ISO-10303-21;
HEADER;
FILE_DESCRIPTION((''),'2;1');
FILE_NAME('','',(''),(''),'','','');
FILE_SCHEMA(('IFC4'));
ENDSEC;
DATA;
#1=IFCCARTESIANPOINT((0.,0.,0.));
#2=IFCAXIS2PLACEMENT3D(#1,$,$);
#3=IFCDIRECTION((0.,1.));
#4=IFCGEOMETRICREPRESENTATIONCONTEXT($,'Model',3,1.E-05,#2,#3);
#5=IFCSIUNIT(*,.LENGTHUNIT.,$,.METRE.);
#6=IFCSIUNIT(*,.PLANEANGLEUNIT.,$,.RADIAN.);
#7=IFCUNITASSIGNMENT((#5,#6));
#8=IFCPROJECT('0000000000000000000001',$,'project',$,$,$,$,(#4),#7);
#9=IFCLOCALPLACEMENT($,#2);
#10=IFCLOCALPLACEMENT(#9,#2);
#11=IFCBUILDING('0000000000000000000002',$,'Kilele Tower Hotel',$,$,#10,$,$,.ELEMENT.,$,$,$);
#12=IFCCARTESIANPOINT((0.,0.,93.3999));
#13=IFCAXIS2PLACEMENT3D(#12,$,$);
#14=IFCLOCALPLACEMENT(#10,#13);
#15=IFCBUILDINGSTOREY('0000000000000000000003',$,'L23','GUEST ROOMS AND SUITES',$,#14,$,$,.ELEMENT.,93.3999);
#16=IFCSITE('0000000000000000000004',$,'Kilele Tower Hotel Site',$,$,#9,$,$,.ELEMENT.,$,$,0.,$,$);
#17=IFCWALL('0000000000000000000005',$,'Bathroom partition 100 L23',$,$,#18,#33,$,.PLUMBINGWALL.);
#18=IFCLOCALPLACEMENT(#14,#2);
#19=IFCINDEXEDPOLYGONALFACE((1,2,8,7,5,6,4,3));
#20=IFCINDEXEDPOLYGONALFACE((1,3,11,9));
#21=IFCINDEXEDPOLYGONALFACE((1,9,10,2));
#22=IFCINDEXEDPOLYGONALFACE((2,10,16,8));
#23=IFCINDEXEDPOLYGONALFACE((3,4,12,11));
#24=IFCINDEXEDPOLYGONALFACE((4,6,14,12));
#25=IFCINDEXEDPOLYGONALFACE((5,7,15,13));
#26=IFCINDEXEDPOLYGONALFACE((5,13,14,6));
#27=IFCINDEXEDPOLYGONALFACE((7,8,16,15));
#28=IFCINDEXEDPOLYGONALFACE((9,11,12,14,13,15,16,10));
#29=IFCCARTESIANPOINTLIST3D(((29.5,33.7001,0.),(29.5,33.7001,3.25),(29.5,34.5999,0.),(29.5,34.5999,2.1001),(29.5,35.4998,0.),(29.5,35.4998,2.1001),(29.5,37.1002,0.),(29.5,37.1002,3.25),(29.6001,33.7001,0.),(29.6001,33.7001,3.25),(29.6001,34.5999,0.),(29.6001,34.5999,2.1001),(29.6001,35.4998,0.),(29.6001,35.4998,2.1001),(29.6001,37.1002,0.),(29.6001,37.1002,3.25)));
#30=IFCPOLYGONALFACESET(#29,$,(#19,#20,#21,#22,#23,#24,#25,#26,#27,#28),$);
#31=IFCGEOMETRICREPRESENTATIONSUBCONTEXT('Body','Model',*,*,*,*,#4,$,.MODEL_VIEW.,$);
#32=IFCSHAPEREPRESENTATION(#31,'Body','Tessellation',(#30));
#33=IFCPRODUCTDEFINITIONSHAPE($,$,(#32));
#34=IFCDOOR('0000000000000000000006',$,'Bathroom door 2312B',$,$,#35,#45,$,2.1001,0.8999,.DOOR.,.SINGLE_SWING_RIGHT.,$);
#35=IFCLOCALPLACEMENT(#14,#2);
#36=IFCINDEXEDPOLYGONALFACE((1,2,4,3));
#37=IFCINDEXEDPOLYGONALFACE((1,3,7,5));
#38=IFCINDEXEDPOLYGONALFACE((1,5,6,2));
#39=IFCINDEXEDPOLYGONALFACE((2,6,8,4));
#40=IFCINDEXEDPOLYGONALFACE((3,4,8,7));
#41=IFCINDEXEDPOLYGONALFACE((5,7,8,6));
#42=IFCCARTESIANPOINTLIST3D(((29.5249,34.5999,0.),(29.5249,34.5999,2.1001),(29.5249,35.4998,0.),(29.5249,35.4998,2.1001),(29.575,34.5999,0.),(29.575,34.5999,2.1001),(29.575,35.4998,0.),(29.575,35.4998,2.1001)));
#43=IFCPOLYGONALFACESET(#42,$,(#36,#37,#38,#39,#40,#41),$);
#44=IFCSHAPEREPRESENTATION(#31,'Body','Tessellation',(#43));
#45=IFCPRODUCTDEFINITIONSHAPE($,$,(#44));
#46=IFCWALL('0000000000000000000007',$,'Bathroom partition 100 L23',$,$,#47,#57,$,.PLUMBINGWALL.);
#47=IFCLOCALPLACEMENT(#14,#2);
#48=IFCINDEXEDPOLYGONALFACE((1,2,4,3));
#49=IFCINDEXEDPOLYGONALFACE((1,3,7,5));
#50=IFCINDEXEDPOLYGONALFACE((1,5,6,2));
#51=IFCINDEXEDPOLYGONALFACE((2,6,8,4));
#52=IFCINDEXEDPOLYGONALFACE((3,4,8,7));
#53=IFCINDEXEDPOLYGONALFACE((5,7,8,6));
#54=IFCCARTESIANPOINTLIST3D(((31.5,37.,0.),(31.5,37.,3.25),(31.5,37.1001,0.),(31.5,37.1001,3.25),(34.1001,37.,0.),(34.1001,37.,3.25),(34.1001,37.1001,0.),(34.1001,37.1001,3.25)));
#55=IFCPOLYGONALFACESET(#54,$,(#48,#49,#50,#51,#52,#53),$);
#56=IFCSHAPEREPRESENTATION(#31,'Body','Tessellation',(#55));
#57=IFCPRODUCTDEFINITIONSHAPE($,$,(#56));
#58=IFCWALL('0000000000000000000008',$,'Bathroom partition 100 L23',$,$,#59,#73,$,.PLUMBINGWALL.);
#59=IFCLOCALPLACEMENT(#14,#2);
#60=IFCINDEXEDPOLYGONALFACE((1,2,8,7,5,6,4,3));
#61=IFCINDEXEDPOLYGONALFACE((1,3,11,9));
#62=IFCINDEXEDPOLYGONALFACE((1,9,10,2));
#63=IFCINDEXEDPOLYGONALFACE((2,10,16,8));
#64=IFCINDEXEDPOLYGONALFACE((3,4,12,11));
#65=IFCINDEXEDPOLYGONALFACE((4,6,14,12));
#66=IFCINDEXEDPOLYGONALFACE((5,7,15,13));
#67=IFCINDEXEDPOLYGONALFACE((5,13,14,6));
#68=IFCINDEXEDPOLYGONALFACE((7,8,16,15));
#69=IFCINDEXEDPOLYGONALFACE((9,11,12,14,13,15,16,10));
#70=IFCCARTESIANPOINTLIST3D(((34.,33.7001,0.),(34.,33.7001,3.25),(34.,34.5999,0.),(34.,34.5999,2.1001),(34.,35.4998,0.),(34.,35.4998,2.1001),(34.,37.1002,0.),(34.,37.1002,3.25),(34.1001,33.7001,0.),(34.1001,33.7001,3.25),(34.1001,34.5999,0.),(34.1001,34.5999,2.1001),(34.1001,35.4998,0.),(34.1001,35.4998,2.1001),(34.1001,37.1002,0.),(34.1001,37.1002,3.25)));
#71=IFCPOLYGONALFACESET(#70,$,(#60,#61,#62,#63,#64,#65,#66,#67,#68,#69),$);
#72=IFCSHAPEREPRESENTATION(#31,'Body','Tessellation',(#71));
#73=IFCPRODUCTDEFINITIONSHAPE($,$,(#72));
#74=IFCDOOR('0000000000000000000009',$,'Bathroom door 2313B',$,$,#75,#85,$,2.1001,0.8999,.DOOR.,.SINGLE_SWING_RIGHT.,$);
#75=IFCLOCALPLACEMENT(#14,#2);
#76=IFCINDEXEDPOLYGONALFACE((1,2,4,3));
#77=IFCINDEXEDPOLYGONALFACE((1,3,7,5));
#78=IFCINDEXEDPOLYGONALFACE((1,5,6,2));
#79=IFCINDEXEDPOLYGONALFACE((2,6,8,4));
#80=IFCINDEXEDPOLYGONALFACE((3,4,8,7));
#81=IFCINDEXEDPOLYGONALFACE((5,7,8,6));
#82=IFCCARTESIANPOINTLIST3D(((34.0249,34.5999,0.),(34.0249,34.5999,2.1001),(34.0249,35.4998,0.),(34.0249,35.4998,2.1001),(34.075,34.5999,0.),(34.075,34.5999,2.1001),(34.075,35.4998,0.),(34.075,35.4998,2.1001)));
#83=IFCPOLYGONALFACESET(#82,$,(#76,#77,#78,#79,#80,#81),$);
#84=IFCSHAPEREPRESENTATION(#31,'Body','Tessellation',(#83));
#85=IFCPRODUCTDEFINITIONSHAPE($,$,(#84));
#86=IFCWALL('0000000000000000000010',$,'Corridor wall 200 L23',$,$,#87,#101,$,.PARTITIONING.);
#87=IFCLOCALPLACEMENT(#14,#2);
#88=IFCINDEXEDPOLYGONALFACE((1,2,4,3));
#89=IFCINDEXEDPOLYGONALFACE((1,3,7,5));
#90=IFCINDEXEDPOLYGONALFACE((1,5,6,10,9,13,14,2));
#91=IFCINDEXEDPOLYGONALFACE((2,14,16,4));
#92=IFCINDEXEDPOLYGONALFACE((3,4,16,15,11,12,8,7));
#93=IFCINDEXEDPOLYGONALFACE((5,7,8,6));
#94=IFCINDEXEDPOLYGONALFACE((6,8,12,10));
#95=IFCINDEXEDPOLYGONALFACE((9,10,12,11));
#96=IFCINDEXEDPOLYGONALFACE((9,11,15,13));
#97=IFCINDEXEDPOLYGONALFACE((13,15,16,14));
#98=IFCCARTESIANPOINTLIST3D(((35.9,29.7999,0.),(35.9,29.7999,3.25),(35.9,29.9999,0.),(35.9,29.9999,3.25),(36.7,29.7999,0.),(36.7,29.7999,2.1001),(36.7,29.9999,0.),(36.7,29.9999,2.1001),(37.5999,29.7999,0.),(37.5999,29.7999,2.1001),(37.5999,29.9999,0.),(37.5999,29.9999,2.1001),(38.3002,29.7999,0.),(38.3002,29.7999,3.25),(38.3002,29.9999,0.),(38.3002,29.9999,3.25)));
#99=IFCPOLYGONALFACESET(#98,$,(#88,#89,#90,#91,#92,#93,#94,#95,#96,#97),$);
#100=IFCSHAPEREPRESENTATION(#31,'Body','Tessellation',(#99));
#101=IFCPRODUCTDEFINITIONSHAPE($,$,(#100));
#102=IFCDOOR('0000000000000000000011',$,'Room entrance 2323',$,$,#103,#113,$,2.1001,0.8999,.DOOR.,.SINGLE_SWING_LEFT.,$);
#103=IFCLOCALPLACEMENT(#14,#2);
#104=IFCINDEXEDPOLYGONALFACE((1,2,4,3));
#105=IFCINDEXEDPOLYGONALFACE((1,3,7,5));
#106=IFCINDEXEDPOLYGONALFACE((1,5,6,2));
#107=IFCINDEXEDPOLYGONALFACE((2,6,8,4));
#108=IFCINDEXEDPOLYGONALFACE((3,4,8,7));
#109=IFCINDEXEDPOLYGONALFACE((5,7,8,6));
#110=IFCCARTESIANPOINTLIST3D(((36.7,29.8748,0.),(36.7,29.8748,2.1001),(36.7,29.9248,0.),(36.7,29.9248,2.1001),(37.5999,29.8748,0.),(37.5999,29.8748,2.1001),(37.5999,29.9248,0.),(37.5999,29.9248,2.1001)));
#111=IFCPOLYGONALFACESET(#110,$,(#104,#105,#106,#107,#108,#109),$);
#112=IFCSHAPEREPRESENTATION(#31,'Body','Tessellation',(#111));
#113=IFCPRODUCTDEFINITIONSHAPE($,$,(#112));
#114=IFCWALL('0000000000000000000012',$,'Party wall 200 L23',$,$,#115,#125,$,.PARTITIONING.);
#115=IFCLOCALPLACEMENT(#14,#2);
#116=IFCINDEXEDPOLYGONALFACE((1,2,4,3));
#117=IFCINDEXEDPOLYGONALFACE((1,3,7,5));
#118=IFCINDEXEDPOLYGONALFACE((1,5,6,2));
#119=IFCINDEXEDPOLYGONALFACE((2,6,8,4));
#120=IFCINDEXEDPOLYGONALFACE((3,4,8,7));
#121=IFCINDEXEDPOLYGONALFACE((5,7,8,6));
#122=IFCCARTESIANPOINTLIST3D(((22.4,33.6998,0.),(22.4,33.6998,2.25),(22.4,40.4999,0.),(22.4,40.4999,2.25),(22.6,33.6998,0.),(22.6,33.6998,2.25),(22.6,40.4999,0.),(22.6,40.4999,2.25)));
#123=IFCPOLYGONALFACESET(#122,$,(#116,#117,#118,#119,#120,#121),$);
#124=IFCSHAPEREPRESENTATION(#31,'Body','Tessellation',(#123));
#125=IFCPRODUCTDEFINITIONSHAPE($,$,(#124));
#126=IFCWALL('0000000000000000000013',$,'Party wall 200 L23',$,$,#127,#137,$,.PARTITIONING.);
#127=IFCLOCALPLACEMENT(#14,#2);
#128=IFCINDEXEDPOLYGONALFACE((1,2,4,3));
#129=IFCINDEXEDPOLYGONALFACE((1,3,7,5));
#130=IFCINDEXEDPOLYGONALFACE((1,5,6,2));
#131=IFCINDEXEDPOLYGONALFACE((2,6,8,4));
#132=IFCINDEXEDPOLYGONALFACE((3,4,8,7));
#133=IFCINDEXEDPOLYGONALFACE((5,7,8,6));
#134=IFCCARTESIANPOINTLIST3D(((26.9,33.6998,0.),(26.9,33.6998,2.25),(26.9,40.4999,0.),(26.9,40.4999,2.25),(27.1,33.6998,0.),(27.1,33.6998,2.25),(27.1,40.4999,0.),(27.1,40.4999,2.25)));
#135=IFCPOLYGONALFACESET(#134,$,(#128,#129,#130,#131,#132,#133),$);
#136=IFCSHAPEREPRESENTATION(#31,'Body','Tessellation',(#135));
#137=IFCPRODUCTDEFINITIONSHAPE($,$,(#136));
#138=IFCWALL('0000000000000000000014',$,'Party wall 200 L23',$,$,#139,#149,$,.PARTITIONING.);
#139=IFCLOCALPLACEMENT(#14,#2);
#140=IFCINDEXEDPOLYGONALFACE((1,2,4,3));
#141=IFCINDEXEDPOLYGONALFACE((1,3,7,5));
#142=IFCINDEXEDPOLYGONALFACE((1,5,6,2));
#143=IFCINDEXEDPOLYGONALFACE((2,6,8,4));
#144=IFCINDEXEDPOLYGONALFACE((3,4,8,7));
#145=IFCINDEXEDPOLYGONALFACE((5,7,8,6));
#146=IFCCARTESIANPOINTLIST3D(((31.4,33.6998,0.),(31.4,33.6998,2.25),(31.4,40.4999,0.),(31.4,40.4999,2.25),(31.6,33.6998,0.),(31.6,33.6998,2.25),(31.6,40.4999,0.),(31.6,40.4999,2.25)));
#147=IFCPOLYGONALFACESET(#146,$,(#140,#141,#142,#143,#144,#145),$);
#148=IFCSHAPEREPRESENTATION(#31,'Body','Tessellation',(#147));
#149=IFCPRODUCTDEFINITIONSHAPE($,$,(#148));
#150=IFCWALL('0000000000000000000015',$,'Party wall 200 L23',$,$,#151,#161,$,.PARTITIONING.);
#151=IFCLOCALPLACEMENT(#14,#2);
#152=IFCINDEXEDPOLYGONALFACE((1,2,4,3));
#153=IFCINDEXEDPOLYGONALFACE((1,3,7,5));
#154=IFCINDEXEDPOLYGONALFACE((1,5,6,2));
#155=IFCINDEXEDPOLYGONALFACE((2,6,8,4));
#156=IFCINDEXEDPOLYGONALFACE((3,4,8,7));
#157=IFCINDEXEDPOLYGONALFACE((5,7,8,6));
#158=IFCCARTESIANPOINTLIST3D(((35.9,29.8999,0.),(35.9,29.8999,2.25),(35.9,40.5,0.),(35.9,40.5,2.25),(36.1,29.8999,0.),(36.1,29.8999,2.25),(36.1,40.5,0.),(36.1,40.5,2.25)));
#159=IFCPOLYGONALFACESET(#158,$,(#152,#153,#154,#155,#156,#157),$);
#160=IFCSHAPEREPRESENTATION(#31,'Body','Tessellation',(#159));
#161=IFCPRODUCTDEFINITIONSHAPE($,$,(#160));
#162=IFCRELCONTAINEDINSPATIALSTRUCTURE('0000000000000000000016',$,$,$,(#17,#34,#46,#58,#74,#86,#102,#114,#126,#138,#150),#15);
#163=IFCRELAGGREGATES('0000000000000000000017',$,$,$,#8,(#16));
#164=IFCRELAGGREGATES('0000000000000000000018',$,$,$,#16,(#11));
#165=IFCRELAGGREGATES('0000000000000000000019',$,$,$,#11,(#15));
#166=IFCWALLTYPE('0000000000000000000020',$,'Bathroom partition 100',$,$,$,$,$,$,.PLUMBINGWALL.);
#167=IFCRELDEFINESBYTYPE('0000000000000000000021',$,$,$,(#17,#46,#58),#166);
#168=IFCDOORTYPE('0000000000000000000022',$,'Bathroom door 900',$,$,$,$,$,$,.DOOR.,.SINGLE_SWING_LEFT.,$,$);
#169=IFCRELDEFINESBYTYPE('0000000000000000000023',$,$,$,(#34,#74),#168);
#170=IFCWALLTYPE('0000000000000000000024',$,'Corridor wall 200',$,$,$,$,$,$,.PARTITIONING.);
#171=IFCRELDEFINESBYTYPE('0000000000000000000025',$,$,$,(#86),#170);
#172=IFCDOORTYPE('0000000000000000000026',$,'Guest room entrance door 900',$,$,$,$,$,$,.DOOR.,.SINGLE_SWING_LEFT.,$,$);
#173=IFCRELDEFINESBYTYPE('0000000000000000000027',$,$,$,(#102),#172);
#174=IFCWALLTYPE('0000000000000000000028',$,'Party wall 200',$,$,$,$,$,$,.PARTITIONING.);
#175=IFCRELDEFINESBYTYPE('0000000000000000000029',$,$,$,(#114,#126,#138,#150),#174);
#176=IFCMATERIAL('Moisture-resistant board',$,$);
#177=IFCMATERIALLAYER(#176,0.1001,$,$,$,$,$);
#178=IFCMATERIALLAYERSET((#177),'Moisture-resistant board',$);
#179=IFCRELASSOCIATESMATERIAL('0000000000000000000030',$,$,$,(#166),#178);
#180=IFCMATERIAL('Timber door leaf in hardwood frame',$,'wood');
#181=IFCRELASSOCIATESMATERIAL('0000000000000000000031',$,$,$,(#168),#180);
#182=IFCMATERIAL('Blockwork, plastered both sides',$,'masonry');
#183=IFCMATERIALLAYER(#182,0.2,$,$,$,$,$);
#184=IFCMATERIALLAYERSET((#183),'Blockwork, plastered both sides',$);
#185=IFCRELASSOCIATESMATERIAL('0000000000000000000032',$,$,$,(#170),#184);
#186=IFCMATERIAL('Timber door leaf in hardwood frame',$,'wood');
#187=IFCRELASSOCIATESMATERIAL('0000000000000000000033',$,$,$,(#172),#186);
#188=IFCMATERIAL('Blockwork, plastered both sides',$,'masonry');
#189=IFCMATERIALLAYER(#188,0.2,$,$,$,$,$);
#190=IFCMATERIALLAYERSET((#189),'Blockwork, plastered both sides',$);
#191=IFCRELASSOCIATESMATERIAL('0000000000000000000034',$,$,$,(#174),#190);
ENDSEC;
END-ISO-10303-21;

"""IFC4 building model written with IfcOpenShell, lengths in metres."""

from ifc_helpers import new_model, si_unit, direction, frame, frame_2d, origin, place, context, subcontext, project, spatial, rectangle, extrude, material, layer, layer_set, type_object, element, fill, save


model = new_model("IFC4")

# Units and contexts
model_context = context("Model", 3, precision=1e-05, world=origin(), true_north=direction((0.0, 1.0)))
body_context = subcontext(model_context, "Body", "Model", "MODEL_VIEW")
ifc_project = project(units=[si_unit("LENGTHUNIT", "METRE"), si_unit("PLANEANGLEUNIT", "RADIAN")], contexts=[model_context])

# Site, building, storey
site_placement = place(None, origin())
site = spatial("IfcSite", under=ifc_project, at=site_placement, Name="Kilele Tower Hotel Site", CompositionType="ELEMENT", RefElevation=0.0)
building_placement = place(site_placement, origin())
building = spatial("IfcBuilding", under=site, at=building_placement, Name="Kilele Tower Hotel", CompositionType="ELEMENT")
storey_placement = place(building_placement, frame((0.0, 0.0, 93.3999)))
storey = spatial("IfcBuildingStorey", under=building, at=storey_placement, Name="L23", Description="GUEST ROOMS AND SUITES", CompositionType="ELEMENT", Elevation=93.3999)

# Shared definitions
ifc_material_1 = material(Name="Moisture-resistant board")
ifc_layer_1 = layer(ifc_material_1, 0.1001)
ifc_layer_set_1 = layer_set([ifc_layer_1], Name="Moisture-resistant board")
wall_type_1 = type_object("IfcWallType", Name="Bathroom partition 100", PredefinedType="PLUMBINGWALL", material=ifc_layer_set_1)

# Shared definitions
ifc_material_2 = material(Name="Timber door leaf in hardwood frame", Category="wood")
door_type_1 = type_object("IfcDoorType", Name="Bathroom door 900", OperationType="SINGLE_SWING_LEFT", PredefinedType="DOOR", material=ifc_material_2)

# Wall, opening, door
wall_1_placement = place(storey_placement, frame((29.55, 33.7, 0.0), z_axis=(0.0, 0.0, 1.0), x_axis=(0.0, 1.0, 0.0)))
wall_1 = element("IfcWall", 1, at=wall_1_placement, inside=storey, type_object=wall_type_1, Name="Bathroom partition 100 L23", PredefinedType="PLUMBINGWALL", context=body_context, shape_type="SweptSolid", body=[
    extrude(rectangle(XDim=3.4001, YDim=0.1001, at=frame_2d((1.7002, 0.0))), origin(), (0.0, 0.0, 1.0), 3.25),
])
opening_1_placement = place(wall_1_placement, frame((1.7998, 0.0, 0.0), z_axis=(0.0, 0.0, 1.0), x_axis=(-1.0, 0.0, 0.0)))
opening_1 = element("IfcOpeningElement", 2, at=opening_1_placement, cuts=wall_1, PredefinedType="OPENING", context=body_context, shape_type="SweptSolid", body=[
    extrude(rectangle(XDim=0.8999, YDim=2.1001, at=frame_2d((0.45, 1.05))), frame((0.0, 0.0601, 0.0), z_axis=(0.0, -1.0, 0.0), x_axis=(1.0, 0.0, 0.0)), (0.0, 0.0, 1.0), 0.1201),
])
door_1_placement = place(opening_1_placement, origin())
door_1 = element("IfcDoor", 3, at=door_1_placement, inside=storey, type_object=door_type_1, Name="Bathroom door 2312B", OperationType="SINGLE_SWING_RIGHT", OverallHeight=2.1001, OverallWidth=0.8999, PredefinedType="DOOR", context=body_context, shape_type="SweptSolid", body=[
    extrude(rectangle(XDim=0.8999, YDim=2.1001, at=frame_2d((0.45, 1.05))), frame((0.0, 0.0249, 0.0), z_axis=(0.0, -1.0, 0.0), x_axis=(1.0, 0.0, 0.0)), (0.0, 0.0, 1.0), 0.05),
])
fill(opening_1, door_1)

# Wall
wall_2_placement = place(storey_placement, frame((31.5, 37.05, 0.0), z_axis=(0.0, 0.0, 1.0), x_axis=(1.0, 0.0, 0.0)))
element("IfcWall", 4, at=wall_2_placement, inside=storey, type_object=wall_type_1, Name="Bathroom partition 100 L23", PredefinedType="PLUMBINGWALL", context=body_context, shape_type="SweptSolid", body=[
    extrude(rectangle(XDim=2.6001, YDim=0.1001, at=frame_2d((1.3, 0.0))), origin(), (0.0, 0.0, 1.0), 3.25),
])

# Walls, openings, doors
wall_3_placement = place(storey_placement, frame((34.05, 33.7, 0.0), z_axis=(0.0, 0.0, 1.0), x_axis=(0.0, 1.0, 0.0)))
wall_3 = element("IfcWall", 5, at=wall_3_placement, inside=storey, type_object=wall_type_1, Name="Bathroom partition 100 L23", PredefinedType="PLUMBINGWALL", context=body_context, shape_type="SweptSolid", body=[
    extrude(rectangle(XDim=3.4001, YDim=0.1001, at=frame_2d((1.7002, 0.0))), origin(), (0.0, 0.0, 1.0), 3.25),
])
opening_2_placement = place(wall_3_placement, frame((1.7998, 0.0, 0.0), z_axis=(0.0, 0.0, 1.0), x_axis=(-1.0, 0.0, 0.0)))
opening_2 = element("IfcOpeningElement", 6, at=opening_2_placement, cuts=wall_3, PredefinedType="OPENING", context=body_context, shape_type="SweptSolid", body=[
    extrude(rectangle(XDim=0.8999, YDim=2.1001, at=frame_2d((0.45, 1.05))), frame((0.0, 0.0601, 0.0), z_axis=(0.0, -1.0, 0.0), x_axis=(1.0, 0.0, 0.0)), (0.0, 0.0, 1.0), 0.1201),
])
door_2_placement = place(opening_2_placement, origin())
door_2 = element("IfcDoor", 7, at=door_2_placement, inside=storey, type_object=door_type_1, Name="Bathroom door 2313B", OperationType="SINGLE_SWING_RIGHT", OverallHeight=2.1001, OverallWidth=0.8999, PredefinedType="DOOR", context=body_context, shape_type="SweptSolid", body=[
    extrude(rectangle(XDim=0.8999, YDim=2.1001, at=frame_2d((0.45, 1.05))), frame((0.0, 0.0249, 0.0), z_axis=(0.0, -1.0, 0.0), x_axis=(1.0, 0.0, 0.0)), (0.0, 0.0, 1.0), 0.05),
])
fill(opening_2, door_2)
ifc_material_3 = material(Name="Blockwork, plastered both sides", Category="masonry")
ifc_layer_2 = layer(ifc_material_3, 0.2)
ifc_layer_set_2 = layer_set([ifc_layer_2], Name="Blockwork, plastered both sides")
wall_type_2 = type_object("IfcWallType", Name="Corridor wall 200", PredefinedType="PARTITIONING", material=ifc_layer_set_2)
wall_4_placement = place(storey_placement, frame((35.8999, 29.8999, 0.0), z_axis=(0.0, 0.0, 1.0), x_axis=(1.0, 0.0, 0.0)))
wall_4 = element("IfcWall", 8, at=wall_4_placement, inside=storey, type_object=wall_type_2, Name="Corridor wall 200 L23", PredefinedType="PARTITIONING", context=body_context, shape_type="SweptSolid", body=[
    extrude(rectangle(XDim=2.4001, YDim=0.2, at=frame_2d((1.2002, 0.0))), origin(), (0.0, 0.0, 1.0), 3.25),
])
opening_3_placement = place(wall_4_placement, frame((0.8, 0.0, 0.0)))
opening_3 = element("IfcOpeningElement", 9, at=opening_3_placement, cuts=wall_4, PredefinedType="OPENING", context=body_context, shape_type="SweptSolid", body=[
    extrude(rectangle(XDim=0.8999, YDim=2.1001, at=frame_2d((0.45, 1.05))), frame((0.0, 0.1099, 0.0), z_axis=(0.0, -1.0, 0.0), x_axis=(1.0, 0.0, 0.0)), (0.0, 0.0, 1.0), 0.22),
])
ifc_material_4 = material(Name="Timber door leaf in hardwood frame", Category="wood")
door_type_2 = type_object("IfcDoorType", Name="Guest room entrance door 900", OperationType="SINGLE_SWING_LEFT", PredefinedType="DOOR", material=ifc_material_4)
door_3_placement = place(opening_3_placement, origin())
door_3 = element("IfcDoor", 10, at=door_3_placement, inside=storey, type_object=door_type_2, Name="Room entrance 2323", OperationType="SINGLE_SWING_LEFT", OverallHeight=2.1001, OverallWidth=0.8999, PredefinedType="DOOR", context=body_context, shape_type="SweptSolid", body=[
    extrude(rectangle(XDim=0.8999, YDim=2.1001, at=frame_2d((0.45, 1.05))), frame((0.0, 0.0249, 0.0), z_axis=(0.0, -1.0, 0.0), x_axis=(1.0, 0.0, 0.0)), (0.0, 0.0, 1.0), 0.05),
])
fill(opening_3, door_3)

# Walls
ifc_material_5 = material(Name="Blockwork, plastered both sides", Category="masonry")
ifc_layer_3 = layer(ifc_material_5, 0.2)
ifc_layer_set_3 = layer_set([ifc_layer_3], Name="Blockwork, plastered both sides")
wall_type_3 = type_object("IfcWallType", Name="Party wall 200", PredefinedType="PARTITIONING", material=ifc_layer_set_3)
for number, where, z_axis, x_axis, name in (
    (11, (22.5, 33.7, 0.0), (0.0, 0.0, 1.0), (0.0, 1.0, 0.0), "Party wall 200 L23"),
    (12, (27.0, 33.7, 0.0), (0.0, 0.0, 1.0), (0.0, 1.0, 0.0), "Party wall 200 L23"),
    (13, (31.5, 33.7, 0.0), (0.0, 0.0, 1.0), (0.0, 1.0, 0.0), "Party wall 200 L23"),
):
    element("IfcWall", number, at=place(storey_placement, frame(where, z_axis=z_axis, x_axis=x_axis)), inside=storey, type_object=wall_type_3, Name=name, PredefinedType="PARTITIONING", context=body_context, shape_type="SweptSolid", body=[
        extrude(rectangle(XDim=6.8, YDim=0.2, at=frame_2d((3.3999, 0.0))), origin(), (0.0, 0.0, 1.0), 2.25),
    ])
wall_5_placement = place(storey_placement, frame((36.0, 29.8999, 0.0), z_axis=(0.0, 0.0, 1.0), x_axis=(0.0, 1.0, 0.0)))
element("IfcWall", 14, at=wall_5_placement, inside=storey, type_object=wall_type_3, Name="Party wall 200 L23", PredefinedType="PARTITIONING", context=body_context, shape_type="SweptSolid", body=[
    extrude(rectangle(XDim=10.6001, YDim=0.2, at=frame_2d((5.3, 0.0))), origin(), (0.0, 0.0, 1.0), 2.25),
])

save(model, "model.ifc")
